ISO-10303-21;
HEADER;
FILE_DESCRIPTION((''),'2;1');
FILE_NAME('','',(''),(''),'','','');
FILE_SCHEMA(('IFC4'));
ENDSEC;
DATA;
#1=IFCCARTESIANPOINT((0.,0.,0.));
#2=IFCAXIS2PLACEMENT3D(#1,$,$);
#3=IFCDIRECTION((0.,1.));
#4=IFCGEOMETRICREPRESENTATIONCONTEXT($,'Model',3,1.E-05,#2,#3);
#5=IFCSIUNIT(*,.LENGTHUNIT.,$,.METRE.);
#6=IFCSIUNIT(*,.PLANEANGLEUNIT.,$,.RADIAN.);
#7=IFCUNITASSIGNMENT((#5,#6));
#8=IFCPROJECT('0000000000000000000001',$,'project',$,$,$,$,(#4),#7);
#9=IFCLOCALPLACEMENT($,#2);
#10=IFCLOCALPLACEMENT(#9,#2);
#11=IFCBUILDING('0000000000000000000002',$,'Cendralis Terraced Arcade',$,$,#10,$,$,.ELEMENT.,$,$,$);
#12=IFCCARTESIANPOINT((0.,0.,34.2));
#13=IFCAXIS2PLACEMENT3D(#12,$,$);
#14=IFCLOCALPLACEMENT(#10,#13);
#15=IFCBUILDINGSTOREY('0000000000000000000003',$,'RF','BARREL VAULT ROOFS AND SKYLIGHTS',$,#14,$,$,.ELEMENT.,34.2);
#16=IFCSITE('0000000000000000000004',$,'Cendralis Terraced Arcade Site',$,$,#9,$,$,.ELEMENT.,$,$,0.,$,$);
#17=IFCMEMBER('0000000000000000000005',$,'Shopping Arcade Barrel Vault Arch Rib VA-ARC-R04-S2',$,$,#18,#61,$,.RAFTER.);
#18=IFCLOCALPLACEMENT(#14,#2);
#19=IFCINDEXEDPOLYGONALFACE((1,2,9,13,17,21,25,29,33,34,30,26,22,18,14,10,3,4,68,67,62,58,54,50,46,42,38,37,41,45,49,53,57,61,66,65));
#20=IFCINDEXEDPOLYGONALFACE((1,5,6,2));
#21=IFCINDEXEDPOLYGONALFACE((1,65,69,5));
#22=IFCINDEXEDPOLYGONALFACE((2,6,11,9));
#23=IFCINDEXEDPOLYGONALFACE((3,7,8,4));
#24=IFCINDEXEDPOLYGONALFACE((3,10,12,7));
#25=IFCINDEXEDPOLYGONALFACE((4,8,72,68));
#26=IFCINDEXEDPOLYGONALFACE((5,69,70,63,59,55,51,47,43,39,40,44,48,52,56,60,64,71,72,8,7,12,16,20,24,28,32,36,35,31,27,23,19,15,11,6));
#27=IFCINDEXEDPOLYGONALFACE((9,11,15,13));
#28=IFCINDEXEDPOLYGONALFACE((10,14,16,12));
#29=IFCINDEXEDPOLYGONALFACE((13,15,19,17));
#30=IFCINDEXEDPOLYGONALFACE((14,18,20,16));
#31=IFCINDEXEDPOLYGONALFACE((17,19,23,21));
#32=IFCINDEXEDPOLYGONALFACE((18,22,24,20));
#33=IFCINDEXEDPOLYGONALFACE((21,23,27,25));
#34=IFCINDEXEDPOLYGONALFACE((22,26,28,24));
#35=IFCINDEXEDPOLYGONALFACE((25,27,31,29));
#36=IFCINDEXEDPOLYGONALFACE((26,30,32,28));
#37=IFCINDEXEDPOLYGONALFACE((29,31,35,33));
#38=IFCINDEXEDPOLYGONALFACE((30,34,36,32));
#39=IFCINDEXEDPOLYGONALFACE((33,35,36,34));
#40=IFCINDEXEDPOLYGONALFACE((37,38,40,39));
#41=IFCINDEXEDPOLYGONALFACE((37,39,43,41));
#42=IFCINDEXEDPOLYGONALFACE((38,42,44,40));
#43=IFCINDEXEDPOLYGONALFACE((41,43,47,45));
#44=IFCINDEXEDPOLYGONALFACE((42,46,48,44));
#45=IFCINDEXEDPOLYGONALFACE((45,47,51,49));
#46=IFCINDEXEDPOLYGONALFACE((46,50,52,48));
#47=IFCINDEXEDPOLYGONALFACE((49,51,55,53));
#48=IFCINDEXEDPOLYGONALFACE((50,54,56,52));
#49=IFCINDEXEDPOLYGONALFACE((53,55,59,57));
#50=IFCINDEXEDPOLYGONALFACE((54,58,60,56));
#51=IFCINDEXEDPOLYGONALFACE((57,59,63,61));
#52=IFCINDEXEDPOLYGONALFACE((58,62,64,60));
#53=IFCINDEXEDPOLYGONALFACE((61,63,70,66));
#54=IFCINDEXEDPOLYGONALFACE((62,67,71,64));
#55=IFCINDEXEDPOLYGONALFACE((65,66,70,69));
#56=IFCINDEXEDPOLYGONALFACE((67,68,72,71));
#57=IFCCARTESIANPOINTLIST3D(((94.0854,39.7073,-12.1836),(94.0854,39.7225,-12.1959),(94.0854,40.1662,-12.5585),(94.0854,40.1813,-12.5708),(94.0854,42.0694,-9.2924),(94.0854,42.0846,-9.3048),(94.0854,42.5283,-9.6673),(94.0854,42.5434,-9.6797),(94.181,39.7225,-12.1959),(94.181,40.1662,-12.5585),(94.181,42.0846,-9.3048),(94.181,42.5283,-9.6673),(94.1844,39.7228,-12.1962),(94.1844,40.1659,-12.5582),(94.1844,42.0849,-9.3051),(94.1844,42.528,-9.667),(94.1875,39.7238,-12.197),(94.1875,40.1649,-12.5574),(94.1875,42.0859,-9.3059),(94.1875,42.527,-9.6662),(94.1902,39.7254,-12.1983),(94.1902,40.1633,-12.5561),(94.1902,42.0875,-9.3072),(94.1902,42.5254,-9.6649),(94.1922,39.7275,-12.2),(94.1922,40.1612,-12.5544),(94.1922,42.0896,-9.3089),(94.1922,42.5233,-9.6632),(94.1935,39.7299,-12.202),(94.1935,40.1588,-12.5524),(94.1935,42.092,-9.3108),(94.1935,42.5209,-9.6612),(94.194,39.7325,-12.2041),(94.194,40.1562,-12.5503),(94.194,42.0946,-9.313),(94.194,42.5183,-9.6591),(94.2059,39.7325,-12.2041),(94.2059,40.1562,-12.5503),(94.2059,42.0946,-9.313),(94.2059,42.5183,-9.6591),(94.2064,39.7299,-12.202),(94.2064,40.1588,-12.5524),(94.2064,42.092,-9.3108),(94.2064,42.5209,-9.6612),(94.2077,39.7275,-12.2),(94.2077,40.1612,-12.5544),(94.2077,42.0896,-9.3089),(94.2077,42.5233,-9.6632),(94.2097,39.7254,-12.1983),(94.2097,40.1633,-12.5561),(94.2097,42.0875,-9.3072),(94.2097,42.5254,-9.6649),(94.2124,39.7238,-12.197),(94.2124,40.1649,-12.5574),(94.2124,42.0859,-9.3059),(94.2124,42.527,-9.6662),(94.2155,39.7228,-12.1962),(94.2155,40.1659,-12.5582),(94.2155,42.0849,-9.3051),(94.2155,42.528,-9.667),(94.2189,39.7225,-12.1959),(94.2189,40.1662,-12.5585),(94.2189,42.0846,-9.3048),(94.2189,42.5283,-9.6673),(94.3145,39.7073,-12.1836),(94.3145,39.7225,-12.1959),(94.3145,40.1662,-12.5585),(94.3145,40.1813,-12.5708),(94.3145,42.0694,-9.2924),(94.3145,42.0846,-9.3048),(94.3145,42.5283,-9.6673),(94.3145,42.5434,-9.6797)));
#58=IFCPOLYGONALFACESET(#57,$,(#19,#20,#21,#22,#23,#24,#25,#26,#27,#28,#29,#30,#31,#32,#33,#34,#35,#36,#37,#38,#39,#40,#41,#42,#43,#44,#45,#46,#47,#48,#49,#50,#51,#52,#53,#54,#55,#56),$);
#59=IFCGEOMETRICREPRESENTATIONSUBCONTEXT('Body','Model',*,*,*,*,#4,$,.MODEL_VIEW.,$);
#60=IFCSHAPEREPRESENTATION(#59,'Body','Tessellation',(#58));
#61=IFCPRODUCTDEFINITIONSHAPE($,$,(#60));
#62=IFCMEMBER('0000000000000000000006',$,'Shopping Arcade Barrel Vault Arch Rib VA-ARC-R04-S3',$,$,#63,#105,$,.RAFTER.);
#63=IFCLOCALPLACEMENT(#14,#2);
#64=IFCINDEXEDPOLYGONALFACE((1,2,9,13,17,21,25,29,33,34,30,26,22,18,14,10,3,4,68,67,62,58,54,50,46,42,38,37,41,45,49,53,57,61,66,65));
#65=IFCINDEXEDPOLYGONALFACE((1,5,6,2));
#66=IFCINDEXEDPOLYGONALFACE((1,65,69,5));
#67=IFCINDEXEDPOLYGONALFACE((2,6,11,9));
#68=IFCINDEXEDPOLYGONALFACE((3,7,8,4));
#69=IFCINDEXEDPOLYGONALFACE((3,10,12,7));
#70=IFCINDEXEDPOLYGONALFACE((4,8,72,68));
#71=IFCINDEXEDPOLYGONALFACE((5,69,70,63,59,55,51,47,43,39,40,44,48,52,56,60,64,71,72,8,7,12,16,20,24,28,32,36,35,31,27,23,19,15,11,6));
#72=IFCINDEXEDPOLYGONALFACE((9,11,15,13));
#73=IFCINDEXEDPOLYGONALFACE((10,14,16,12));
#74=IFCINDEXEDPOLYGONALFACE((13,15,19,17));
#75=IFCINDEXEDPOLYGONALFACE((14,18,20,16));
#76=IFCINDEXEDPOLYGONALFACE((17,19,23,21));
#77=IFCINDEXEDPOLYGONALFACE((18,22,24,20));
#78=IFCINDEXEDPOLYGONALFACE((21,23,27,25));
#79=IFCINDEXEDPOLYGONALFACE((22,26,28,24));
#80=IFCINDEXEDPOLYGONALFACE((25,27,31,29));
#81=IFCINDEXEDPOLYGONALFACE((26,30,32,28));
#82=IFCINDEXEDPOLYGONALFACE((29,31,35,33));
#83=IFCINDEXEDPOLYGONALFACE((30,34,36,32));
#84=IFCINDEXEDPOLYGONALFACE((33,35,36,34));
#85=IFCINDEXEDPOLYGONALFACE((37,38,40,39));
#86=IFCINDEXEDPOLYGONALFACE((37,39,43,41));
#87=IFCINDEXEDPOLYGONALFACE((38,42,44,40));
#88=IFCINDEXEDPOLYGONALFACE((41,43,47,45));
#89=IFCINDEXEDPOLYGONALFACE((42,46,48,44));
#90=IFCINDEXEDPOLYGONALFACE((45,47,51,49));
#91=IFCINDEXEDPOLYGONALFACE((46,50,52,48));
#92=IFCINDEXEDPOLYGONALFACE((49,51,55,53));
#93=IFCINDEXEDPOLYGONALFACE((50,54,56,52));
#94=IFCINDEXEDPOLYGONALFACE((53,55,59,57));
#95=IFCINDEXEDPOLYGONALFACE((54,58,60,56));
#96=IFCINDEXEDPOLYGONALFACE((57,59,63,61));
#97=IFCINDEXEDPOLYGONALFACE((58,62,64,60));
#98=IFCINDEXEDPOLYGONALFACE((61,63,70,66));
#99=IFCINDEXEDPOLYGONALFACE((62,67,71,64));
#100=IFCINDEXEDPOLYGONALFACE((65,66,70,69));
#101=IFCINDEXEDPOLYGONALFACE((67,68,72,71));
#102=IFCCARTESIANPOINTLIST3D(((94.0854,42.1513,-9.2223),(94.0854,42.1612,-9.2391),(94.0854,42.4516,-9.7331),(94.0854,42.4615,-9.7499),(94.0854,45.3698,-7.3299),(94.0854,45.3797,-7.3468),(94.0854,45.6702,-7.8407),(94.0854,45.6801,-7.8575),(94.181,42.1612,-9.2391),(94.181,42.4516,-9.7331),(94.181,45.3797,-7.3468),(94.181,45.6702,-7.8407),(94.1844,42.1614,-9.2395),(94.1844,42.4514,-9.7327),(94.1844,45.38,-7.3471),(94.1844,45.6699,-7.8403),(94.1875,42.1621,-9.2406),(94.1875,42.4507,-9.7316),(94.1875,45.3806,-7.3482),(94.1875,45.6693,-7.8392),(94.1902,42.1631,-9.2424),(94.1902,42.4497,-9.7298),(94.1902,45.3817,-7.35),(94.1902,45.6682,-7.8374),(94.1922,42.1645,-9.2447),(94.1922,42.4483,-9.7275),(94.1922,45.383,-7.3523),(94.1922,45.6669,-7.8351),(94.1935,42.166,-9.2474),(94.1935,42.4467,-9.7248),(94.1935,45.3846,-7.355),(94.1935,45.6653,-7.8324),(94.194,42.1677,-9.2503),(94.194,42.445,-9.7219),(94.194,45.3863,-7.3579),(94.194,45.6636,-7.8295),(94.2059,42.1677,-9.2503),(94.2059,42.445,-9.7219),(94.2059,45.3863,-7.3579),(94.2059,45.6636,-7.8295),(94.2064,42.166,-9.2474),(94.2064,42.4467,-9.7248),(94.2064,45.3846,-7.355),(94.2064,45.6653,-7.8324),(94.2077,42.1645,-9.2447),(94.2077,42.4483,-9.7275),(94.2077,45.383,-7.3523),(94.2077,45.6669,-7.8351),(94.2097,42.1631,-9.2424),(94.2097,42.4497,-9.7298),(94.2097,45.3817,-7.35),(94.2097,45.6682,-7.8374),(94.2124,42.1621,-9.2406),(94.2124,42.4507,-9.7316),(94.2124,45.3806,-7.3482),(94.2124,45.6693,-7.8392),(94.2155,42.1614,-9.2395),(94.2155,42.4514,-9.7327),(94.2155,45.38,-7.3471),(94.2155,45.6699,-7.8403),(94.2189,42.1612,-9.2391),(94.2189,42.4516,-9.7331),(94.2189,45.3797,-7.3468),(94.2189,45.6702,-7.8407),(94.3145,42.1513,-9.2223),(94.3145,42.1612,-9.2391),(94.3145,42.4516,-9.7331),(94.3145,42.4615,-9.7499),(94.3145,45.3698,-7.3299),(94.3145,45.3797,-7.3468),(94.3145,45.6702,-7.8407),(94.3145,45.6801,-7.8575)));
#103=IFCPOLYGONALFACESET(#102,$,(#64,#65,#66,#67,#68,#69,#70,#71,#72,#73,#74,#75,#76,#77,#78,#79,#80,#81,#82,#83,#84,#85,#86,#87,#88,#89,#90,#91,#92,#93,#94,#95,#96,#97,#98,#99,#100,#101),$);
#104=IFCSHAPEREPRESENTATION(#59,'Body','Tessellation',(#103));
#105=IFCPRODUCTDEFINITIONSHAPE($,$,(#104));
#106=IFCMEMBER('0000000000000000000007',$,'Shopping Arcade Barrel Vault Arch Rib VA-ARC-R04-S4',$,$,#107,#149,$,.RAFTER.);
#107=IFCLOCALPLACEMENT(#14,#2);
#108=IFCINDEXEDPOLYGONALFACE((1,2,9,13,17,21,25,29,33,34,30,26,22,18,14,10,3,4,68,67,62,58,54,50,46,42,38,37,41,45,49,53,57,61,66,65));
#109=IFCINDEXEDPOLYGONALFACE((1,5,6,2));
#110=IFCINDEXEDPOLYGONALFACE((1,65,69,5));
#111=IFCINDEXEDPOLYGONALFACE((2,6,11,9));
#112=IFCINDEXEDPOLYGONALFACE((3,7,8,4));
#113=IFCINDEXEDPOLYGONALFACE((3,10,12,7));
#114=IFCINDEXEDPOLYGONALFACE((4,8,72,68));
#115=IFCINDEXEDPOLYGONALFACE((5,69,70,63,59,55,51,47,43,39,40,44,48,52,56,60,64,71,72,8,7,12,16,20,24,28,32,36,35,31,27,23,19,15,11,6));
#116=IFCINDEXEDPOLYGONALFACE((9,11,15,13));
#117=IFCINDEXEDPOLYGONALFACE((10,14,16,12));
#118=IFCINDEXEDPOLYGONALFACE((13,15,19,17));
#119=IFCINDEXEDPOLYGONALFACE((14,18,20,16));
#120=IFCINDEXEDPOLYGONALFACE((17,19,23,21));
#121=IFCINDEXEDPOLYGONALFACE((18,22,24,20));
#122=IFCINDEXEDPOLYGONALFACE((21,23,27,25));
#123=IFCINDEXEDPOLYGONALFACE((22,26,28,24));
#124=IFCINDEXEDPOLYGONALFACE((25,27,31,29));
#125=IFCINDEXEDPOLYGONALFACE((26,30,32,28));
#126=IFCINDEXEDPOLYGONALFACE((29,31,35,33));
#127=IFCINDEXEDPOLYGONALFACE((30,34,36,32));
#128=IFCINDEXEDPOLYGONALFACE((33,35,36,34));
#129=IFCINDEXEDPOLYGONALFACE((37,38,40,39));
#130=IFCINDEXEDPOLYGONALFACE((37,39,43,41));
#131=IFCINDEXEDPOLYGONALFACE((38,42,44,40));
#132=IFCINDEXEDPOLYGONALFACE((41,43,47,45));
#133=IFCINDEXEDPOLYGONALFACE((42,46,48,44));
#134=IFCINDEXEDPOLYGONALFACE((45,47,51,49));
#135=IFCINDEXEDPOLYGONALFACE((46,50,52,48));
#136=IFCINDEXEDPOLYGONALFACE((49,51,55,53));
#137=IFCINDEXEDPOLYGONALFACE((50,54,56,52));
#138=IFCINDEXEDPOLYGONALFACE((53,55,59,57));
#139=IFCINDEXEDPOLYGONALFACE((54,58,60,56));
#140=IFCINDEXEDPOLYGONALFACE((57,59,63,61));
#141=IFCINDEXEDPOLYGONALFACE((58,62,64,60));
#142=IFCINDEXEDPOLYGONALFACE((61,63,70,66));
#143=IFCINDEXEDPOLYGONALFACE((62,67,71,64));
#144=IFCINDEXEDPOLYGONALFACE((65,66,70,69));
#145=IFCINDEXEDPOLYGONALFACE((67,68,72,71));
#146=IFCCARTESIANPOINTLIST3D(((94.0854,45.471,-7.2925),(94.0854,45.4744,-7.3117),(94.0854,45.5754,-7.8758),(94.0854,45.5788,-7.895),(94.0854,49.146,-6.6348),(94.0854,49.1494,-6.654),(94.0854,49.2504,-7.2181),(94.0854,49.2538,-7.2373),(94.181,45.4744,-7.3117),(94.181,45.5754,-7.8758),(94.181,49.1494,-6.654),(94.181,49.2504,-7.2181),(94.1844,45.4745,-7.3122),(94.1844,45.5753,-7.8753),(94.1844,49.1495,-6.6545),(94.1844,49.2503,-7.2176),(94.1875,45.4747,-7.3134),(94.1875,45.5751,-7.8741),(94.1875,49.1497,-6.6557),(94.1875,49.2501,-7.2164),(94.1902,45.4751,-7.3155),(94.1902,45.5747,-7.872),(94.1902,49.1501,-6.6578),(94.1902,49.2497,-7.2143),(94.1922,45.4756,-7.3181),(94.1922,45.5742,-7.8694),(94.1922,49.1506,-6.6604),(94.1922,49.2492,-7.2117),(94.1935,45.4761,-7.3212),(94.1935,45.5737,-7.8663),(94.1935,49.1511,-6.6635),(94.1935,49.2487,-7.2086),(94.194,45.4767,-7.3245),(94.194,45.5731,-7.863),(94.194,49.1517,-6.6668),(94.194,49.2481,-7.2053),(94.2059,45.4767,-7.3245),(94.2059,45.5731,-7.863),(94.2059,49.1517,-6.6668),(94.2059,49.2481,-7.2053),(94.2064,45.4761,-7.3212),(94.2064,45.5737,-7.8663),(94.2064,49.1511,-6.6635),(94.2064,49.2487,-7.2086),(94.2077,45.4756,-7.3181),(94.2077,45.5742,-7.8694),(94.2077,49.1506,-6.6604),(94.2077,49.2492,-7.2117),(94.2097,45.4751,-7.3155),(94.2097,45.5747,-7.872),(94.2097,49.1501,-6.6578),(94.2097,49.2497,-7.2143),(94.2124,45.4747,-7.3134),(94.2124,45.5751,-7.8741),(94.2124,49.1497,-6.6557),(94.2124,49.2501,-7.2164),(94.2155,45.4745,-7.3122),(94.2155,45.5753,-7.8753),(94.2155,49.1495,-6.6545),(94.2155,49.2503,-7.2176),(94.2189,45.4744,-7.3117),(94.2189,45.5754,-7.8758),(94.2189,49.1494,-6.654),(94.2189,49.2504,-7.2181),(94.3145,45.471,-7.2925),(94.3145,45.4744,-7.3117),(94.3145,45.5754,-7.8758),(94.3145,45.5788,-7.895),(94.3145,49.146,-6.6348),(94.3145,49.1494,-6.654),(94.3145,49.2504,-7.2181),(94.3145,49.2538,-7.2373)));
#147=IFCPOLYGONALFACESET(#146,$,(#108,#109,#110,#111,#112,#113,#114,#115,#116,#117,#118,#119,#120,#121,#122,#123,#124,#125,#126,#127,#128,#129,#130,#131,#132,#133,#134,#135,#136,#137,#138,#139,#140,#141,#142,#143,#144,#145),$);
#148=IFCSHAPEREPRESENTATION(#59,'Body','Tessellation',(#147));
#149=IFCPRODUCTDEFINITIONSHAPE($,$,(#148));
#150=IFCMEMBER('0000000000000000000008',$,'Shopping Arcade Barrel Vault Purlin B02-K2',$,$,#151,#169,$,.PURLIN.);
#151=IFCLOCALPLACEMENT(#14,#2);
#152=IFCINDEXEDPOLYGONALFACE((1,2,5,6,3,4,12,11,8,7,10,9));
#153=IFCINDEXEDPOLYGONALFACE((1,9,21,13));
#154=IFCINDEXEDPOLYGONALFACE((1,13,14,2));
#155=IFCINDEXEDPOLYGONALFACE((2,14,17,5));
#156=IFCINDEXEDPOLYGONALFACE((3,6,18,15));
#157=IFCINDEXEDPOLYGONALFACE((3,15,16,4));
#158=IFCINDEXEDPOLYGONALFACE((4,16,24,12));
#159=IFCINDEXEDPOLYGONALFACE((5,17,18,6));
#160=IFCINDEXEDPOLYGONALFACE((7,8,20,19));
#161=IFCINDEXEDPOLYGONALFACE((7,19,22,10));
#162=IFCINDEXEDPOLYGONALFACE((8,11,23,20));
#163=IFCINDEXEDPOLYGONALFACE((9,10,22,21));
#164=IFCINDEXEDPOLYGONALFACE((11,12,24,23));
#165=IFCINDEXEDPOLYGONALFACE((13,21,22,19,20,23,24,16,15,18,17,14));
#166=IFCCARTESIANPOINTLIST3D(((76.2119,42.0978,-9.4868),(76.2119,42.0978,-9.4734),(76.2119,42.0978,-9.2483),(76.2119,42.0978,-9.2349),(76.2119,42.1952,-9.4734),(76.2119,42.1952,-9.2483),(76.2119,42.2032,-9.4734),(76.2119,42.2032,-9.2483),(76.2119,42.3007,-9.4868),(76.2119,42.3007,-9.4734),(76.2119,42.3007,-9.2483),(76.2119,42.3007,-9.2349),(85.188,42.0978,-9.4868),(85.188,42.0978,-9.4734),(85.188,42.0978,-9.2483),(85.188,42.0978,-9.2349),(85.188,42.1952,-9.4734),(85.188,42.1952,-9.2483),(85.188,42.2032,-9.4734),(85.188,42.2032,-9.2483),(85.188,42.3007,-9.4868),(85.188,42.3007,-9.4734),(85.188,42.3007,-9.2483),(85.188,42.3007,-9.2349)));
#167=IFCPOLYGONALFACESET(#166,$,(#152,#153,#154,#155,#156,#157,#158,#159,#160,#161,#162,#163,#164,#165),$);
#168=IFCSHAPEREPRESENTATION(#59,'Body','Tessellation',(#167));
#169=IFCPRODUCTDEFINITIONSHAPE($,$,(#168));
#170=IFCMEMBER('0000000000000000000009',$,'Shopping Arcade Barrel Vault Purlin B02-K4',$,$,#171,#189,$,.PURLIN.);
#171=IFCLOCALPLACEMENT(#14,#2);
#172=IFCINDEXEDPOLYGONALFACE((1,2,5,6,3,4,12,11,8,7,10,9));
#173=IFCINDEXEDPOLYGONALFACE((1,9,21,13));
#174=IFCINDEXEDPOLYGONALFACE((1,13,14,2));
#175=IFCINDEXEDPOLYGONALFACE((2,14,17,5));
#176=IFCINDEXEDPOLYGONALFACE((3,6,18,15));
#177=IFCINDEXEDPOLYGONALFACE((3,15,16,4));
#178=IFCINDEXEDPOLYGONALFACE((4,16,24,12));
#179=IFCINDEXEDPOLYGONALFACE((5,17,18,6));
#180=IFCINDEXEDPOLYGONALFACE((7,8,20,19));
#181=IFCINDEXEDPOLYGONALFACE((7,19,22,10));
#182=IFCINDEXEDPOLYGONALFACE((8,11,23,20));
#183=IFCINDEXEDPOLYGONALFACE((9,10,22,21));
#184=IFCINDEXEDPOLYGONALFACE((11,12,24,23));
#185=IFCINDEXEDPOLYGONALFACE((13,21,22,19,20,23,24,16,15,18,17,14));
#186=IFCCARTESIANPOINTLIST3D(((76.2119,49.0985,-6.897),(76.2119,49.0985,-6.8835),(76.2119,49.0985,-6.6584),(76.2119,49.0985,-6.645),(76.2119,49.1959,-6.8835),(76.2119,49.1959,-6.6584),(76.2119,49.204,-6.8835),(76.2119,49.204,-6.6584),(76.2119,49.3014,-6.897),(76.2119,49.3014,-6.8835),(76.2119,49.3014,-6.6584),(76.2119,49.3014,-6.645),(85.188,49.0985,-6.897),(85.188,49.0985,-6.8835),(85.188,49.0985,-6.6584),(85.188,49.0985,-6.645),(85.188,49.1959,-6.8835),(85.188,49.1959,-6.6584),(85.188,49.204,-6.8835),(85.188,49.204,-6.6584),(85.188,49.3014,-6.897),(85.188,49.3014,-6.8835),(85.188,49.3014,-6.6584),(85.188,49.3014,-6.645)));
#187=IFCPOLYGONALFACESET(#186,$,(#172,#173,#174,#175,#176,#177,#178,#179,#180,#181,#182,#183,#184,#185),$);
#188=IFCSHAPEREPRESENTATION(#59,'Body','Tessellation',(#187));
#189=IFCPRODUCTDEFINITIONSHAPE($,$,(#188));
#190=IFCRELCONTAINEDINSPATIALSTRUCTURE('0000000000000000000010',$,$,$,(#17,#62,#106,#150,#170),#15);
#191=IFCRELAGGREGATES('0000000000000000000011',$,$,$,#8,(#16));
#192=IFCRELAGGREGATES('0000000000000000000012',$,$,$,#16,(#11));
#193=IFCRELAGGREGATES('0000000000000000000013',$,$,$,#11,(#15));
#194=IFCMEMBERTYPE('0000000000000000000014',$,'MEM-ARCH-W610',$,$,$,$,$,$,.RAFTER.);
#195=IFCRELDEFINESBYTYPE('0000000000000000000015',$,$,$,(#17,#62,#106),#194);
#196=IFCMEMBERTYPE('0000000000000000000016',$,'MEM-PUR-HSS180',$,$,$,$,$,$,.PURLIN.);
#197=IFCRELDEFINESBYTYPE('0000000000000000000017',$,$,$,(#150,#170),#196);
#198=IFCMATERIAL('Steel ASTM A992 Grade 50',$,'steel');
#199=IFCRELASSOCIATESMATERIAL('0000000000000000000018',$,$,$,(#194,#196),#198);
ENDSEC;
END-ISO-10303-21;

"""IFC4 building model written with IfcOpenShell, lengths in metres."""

from ifc_helpers import new_model, si_unit, direction, frame, origin, origin_2d, place, context, subcontext, project, spatial, i_section, extrude, material, material_profile, profile_set, type_object, element, save


model = new_model("IFC4")

# Units and contexts
model_context = context("Model", 3, precision=1e-05, world=origin(), true_north=direction((0.0, 1.0)))
body_context = subcontext(model_context, "Body", "Model", "MODEL_VIEW")
ifc_project = project(units=[si_unit("LENGTHUNIT", "METRE"), si_unit("PLANEANGLEUNIT", "RADIAN")], contexts=[model_context])

# Site, building, storey
site_placement = place(None, origin())
site = spatial("IfcSite", under=ifc_project, at=site_placement, Name="Cendralis Terraced Arcade Site", CompositionType="ELEMENT", RefElevation=0.0)
building_placement = place(site_placement, origin())
building = spatial("IfcBuilding", under=site, at=building_placement, Name="Cendralis Terraced Arcade", CompositionType="ELEMENT")
storey_placement = place(building_placement, frame((0.0, 0.0, 34.2)))
storey = spatial("IfcBuildingStorey", under=building, at=storey_placement, Name="RF", Description="BARREL VAULT ROOFS AND SKYLIGHTS", CompositionType="ELEMENT", Elevation=34.2)

# Members
ifc_material_1 = material(Name="Steel ASTM A992 Grade 50", Category="steel")
ifc_material_profile_1 = material_profile(ifc_material_1, i_section(OverallWidth=0.229, OverallDepth=0.6121, WebThickness=0.012, FlangeThickness=0.0195, FilletRadius=0.0129, at=origin_2d()), Name="W610X125", Category="LoadBearing")
ifc_profile_set_1 = profile_set([ifc_material_profile_1], Name="Steel ASTM A992 Grade 50")
member_type_1 = type_object("IfcMemberType", Name="MEM-ARCH-W610", PredefinedType="RAFTER", material=ifc_profile_set_1)
member_1_placement = place(storey_placement, frame((94.2, 39.9443, -12.3772), z_axis=(0.0, 0.632693, 0.774403), x_axis=(-1.0, 0.0, 0.0)))
element("IfcMember", 1, at=member_1_placement, inside=storey, type_object=member_type_1, Name="Shopping Arcade Barrel Vault Arch Rib VA-ARC-R04-S2", PredefinedType="RAFTER", context=body_context, shape_type="SweptSolid", body=[
    extrude(i_section(OverallWidth=0.229, OverallDepth=0.6121, WebThickness=0.012, FlangeThickness=0.0195, FilletRadius=0.0129, at=origin_2d()), origin(), (0.0, 0.0, 1.0), 3.7334),
])
member_2_placement = place(storey_placement, frame((94.2, 42.3064, -9.4861), z_axis=(0.0, 0.86204, 0.50684), x_axis=(-1.0, 0.0, 0.0)))
element("IfcMember", 2, at=member_2_placement, inside=storey, type_object=member_type_1, Name="Shopping Arcade Barrel Vault Arch Rib VA-ARC-R04-S3", PredefinedType="RAFTER", context=body_context, shape_type="SweptSolid", body=[
    extrude(i_section(OverallWidth=0.229, OverallDepth=0.6121, WebThickness=0.012, FlangeThickness=0.0195, FilletRadius=0.0129, at=origin_2d()), origin(), (0.0, 0.0, 1.0), 3.7336),
])
member_3_placement = place(storey_placement, frame((94.2, 45.5249, -7.5938), z_axis=(0.0, 0.98436, 0.176169), x_axis=(-1.0, 0.0, 0.0)))
element("IfcMember", 3, at=member_3_placement, inside=storey, type_object=member_type_1, Name="Shopping Arcade Barrel Vault Arch Rib VA-ARC-R04-S4", PredefinedType="RAFTER", context=body_context, shape_type="SweptSolid", body=[
    extrude(i_section(OverallWidth=0.229, OverallDepth=0.6121, WebThickness=0.012, FlangeThickness=0.0195, FilletRadius=0.0129, at=origin_2d()), origin(), (0.0, 0.0, 1.0), 3.7334),
])
ifc_material_profile_2 = material_profile(ifc_material_1, i_section(OverallWidth=0.2029, OverallDepth=0.252, WebThickness=0.0081, FlangeThickness=0.0134, at=origin_2d()), Name="W250X58", Category="LoadBearing")
ifc_profile_set_2 = profile_set([ifc_material_profile_2], Name="Steel ASTM A992 Grade 50")
member_type_2 = type_object("IfcMemberType", Name="MEM-PUR-HSS180", PredefinedType="PURLIN", material=ifc_profile_set_2)
for number, where, z_axis, x_axis, name in (
    (4, (76.2119, 42.1992, -9.3608), (1.0, 0.0, 0.0), (0.0, 1.0, 0.0), "Shopping Arcade Barrel Vault Purlin B02-K2"),
    (5, (76.2119, 49.2, -6.771), (1.0, 0.0, 0.0), (0.0, 1.0, 0.0), "Shopping Arcade Barrel Vault Purlin B02-K4"),
):
    element("IfcMember", number, at=place(storey_placement, frame(where, z_axis=z_axis, x_axis=x_axis)), inside=storey, type_object=member_type_2, Name=name, PredefinedType="PURLIN", context=body_context, shape_type="SweptSolid", body=[
        extrude(i_section(OverallWidth=0.2029, OverallDepth=0.252, WebThickness=0.0081, FlangeThickness=0.0134, at=origin_2d()), origin(), (0.0, 0.0, 1.0), 8.9761),
    ])

save(model, "model.ifc")
